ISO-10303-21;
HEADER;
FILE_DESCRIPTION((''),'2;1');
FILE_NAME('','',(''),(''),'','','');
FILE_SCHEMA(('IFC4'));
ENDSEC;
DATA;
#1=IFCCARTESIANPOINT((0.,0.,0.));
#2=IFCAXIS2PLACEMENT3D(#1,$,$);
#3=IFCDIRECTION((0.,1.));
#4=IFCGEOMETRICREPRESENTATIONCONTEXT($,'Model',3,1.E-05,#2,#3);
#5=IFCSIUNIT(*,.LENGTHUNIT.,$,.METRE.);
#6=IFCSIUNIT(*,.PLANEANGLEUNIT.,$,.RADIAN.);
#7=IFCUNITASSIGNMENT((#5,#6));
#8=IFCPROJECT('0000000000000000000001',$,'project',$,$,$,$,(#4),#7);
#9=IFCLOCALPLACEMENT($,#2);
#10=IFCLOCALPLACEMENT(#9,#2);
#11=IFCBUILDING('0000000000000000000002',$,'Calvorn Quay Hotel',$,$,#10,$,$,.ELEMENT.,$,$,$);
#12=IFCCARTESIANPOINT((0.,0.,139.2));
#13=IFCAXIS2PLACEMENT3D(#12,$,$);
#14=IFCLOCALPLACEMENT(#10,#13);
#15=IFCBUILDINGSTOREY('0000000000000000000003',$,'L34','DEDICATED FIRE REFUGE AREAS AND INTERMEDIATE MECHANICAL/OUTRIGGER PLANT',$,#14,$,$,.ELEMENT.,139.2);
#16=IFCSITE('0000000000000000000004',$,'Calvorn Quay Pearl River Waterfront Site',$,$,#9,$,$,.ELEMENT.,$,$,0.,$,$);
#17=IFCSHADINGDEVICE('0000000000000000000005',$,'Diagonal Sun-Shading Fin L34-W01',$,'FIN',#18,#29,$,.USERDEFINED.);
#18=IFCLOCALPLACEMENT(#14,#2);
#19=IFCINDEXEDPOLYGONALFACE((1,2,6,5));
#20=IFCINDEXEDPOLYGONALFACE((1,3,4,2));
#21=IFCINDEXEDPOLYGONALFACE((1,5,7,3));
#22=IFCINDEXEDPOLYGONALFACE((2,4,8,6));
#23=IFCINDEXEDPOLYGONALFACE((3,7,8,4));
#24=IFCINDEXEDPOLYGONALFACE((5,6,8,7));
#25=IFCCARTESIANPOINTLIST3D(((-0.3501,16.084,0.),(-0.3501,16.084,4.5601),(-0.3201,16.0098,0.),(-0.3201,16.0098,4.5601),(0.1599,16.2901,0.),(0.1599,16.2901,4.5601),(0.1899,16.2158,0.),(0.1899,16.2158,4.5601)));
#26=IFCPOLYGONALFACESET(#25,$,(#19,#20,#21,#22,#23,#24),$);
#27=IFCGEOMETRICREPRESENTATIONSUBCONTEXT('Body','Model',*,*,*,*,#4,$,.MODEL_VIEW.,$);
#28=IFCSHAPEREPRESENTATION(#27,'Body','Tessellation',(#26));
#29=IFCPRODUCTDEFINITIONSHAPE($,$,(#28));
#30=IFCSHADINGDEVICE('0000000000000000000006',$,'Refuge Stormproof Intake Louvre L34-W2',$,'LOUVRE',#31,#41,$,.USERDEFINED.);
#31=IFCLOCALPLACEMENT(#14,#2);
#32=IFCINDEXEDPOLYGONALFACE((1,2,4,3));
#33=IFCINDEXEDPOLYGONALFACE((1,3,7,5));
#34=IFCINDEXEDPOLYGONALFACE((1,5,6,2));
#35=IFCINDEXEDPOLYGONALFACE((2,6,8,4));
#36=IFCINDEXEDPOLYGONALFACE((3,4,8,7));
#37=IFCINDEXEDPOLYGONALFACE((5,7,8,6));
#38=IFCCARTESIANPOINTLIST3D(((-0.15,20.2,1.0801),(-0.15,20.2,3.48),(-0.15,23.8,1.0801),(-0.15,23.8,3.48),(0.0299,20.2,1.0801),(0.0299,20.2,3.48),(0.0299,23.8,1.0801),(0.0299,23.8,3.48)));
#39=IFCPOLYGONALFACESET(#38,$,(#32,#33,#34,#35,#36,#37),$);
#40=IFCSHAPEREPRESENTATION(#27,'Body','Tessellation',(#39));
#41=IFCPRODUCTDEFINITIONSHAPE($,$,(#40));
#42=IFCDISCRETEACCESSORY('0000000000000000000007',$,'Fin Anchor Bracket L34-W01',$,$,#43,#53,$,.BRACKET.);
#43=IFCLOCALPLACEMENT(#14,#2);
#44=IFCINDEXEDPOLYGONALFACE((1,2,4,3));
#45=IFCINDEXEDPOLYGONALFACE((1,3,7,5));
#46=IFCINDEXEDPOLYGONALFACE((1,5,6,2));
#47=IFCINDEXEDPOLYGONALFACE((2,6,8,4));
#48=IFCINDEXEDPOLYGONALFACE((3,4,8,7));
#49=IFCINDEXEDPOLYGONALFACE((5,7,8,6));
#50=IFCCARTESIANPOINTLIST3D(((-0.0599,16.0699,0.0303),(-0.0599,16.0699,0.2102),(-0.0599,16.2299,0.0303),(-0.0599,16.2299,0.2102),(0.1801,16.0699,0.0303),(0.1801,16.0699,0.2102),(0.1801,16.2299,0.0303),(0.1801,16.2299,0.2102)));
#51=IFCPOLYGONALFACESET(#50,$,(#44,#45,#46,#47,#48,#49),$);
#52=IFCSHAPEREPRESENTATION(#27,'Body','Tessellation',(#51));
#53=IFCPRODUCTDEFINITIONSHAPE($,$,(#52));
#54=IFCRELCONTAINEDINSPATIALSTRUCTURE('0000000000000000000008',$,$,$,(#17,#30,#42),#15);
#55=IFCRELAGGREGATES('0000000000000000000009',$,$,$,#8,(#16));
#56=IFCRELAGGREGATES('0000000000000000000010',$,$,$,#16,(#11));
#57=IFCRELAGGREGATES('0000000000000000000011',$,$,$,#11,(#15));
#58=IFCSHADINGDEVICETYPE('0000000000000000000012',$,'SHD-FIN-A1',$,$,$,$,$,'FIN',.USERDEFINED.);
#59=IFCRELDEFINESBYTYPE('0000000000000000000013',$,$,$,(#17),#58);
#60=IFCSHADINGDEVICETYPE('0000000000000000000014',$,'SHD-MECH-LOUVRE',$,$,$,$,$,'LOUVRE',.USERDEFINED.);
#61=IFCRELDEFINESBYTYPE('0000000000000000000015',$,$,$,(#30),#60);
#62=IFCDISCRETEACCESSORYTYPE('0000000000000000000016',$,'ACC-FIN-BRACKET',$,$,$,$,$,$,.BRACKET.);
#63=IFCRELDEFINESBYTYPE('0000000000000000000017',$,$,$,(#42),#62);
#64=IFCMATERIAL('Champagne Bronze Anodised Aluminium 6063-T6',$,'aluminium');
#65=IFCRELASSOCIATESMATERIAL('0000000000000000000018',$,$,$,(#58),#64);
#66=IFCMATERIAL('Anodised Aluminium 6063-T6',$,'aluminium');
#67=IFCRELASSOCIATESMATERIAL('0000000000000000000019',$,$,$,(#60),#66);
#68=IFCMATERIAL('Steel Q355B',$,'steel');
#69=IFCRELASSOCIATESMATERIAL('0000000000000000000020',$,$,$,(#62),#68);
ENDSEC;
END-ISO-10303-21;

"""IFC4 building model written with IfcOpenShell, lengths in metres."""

from ifc_helpers import new_model, si_unit, direction, frame, origin, origin_2d, place, context, subcontext, project, spatial, rectangle, extrude, material, type_object, element, save


model = new_model("IFC4")

# Units and contexts
model_context = context("Model", 3, precision=1e-05, world=origin(), true_north=direction((0.0, 1.0)))
body_context = subcontext(model_context, "Body", "Model", "MODEL_VIEW")
ifc_project = project(units=[si_unit("LENGTHUNIT", "METRE"), si_unit("PLANEANGLEUNIT", "RADIAN")], contexts=[model_context])

# Site, building, storey
site_placement = place(None, origin())
site = spatial("IfcSite", under=ifc_project, at=site_placement, Name="Calvorn Quay Pearl River Waterfront Site", CompositionType="ELEMENT", RefElevation=0.0)
building_placement = place(site_placement, origin())
building = spatial("IfcBuilding", under=site, at=building_placement, Name="Calvorn Quay Hotel", CompositionType="ELEMENT")
storey_placement = place(building_placement, frame((0.0, 0.0, 139.2)))
storey = spatial("IfcBuildingStorey", under=building, at=storey_placement, Name="L34", Description="DEDICATED FIRE REFUGE AREAS AND INTERMEDIATE MECHANICAL/OUTRIGGER PLANT", CompositionType="ELEMENT", Elevation=139.2)

# Shading devices
ifc_material_1 = material(Name="Champagne Bronze Anodised Aluminium 6063-T6", Category="aluminium")
shading_device_type_1 = type_object("IfcShadingDeviceType", Name="SHD-FIN-A1", ElementType="FIN", PredefinedType="USERDEFINED", material=ifc_material_1)
shading_device_1_placement = place(storey_placement, frame((-0.0801, 16.1499, 0.0), z_axis=(0.0, 0.0, 1.0), x_axis=(0.927184, 0.374607, 0.0)))
element("IfcShadingDevice", 1, at=shading_device_1_placement, inside=storey, type_object=shading_device_type_1, Name="Diagonal Sun-Shading Fin L34-W01", ObjectType="FIN", PredefinedType="USERDEFINED", context=body_context, shape_type="SweptSolid", body=[
    extrude(rectangle(XDim=0.55, YDim=0.0801, at=origin_2d()), origin(), (0.0, 0.0, 1.0), 4.5601),
])
ifc_material_2 = material(Name="Anodised Aluminium 6063-T6", Category="aluminium")
shading_device_type_2 = type_object("IfcShadingDeviceType", Name="SHD-MECH-LOUVRE", ElementType="LOUVRE", PredefinedType="USERDEFINED", material=ifc_material_2)
shading_device_2_placement = place(storey_placement, frame((-0.0601, 22.0, 1.0801), z_axis=(0.0, 0.0, 1.0), x_axis=(1.0, 0.0, 0.0)))
element("IfcShadingDevice", 2, at=shading_device_2_placement, inside=storey, type_object=shading_device_type_2, Name="Refuge Stormproof Intake Louvre L34-W2", ObjectType="LOUVRE", PredefinedType="USERDEFINED", context=body_context, shape_type="SweptSolid", body=[
    extrude(rectangle(XDim=0.1799, YDim=3.6001, at=origin_2d()), origin(), (0.0, 0.0, 1.0), 2.3999),
])

# Discrete accessory
ifc_material_3 = material(Name="Steel Q355B", Category="steel")
discrete_accessory_type = type_object("IfcDiscreteAccessoryType", Name="ACC-FIN-BRACKET", PredefinedType="BRACKET", material=ifc_material_3)
discrete_accessory_placement = place(storey_placement, frame((0.0601, 16.1499, 0.0303), z_axis=(0.0, 0.0, 1.0), x_axis=(1.0, 0.0, 0.0)))
element("IfcDiscreteAccessory", 3, at=discrete_accessory_placement, inside=storey, type_object=discrete_accessory_type, Name="Fin Anchor Bracket L34-W01", PredefinedType="BRACKET", context=body_context, shape_type="SweptSolid", body=[
    extrude(rectangle(XDim=0.24, YDim=0.1599, at=origin_2d()), origin(), (0.0, 0.0, 1.0), 0.1799),
])

save(model, "model.ifc")
